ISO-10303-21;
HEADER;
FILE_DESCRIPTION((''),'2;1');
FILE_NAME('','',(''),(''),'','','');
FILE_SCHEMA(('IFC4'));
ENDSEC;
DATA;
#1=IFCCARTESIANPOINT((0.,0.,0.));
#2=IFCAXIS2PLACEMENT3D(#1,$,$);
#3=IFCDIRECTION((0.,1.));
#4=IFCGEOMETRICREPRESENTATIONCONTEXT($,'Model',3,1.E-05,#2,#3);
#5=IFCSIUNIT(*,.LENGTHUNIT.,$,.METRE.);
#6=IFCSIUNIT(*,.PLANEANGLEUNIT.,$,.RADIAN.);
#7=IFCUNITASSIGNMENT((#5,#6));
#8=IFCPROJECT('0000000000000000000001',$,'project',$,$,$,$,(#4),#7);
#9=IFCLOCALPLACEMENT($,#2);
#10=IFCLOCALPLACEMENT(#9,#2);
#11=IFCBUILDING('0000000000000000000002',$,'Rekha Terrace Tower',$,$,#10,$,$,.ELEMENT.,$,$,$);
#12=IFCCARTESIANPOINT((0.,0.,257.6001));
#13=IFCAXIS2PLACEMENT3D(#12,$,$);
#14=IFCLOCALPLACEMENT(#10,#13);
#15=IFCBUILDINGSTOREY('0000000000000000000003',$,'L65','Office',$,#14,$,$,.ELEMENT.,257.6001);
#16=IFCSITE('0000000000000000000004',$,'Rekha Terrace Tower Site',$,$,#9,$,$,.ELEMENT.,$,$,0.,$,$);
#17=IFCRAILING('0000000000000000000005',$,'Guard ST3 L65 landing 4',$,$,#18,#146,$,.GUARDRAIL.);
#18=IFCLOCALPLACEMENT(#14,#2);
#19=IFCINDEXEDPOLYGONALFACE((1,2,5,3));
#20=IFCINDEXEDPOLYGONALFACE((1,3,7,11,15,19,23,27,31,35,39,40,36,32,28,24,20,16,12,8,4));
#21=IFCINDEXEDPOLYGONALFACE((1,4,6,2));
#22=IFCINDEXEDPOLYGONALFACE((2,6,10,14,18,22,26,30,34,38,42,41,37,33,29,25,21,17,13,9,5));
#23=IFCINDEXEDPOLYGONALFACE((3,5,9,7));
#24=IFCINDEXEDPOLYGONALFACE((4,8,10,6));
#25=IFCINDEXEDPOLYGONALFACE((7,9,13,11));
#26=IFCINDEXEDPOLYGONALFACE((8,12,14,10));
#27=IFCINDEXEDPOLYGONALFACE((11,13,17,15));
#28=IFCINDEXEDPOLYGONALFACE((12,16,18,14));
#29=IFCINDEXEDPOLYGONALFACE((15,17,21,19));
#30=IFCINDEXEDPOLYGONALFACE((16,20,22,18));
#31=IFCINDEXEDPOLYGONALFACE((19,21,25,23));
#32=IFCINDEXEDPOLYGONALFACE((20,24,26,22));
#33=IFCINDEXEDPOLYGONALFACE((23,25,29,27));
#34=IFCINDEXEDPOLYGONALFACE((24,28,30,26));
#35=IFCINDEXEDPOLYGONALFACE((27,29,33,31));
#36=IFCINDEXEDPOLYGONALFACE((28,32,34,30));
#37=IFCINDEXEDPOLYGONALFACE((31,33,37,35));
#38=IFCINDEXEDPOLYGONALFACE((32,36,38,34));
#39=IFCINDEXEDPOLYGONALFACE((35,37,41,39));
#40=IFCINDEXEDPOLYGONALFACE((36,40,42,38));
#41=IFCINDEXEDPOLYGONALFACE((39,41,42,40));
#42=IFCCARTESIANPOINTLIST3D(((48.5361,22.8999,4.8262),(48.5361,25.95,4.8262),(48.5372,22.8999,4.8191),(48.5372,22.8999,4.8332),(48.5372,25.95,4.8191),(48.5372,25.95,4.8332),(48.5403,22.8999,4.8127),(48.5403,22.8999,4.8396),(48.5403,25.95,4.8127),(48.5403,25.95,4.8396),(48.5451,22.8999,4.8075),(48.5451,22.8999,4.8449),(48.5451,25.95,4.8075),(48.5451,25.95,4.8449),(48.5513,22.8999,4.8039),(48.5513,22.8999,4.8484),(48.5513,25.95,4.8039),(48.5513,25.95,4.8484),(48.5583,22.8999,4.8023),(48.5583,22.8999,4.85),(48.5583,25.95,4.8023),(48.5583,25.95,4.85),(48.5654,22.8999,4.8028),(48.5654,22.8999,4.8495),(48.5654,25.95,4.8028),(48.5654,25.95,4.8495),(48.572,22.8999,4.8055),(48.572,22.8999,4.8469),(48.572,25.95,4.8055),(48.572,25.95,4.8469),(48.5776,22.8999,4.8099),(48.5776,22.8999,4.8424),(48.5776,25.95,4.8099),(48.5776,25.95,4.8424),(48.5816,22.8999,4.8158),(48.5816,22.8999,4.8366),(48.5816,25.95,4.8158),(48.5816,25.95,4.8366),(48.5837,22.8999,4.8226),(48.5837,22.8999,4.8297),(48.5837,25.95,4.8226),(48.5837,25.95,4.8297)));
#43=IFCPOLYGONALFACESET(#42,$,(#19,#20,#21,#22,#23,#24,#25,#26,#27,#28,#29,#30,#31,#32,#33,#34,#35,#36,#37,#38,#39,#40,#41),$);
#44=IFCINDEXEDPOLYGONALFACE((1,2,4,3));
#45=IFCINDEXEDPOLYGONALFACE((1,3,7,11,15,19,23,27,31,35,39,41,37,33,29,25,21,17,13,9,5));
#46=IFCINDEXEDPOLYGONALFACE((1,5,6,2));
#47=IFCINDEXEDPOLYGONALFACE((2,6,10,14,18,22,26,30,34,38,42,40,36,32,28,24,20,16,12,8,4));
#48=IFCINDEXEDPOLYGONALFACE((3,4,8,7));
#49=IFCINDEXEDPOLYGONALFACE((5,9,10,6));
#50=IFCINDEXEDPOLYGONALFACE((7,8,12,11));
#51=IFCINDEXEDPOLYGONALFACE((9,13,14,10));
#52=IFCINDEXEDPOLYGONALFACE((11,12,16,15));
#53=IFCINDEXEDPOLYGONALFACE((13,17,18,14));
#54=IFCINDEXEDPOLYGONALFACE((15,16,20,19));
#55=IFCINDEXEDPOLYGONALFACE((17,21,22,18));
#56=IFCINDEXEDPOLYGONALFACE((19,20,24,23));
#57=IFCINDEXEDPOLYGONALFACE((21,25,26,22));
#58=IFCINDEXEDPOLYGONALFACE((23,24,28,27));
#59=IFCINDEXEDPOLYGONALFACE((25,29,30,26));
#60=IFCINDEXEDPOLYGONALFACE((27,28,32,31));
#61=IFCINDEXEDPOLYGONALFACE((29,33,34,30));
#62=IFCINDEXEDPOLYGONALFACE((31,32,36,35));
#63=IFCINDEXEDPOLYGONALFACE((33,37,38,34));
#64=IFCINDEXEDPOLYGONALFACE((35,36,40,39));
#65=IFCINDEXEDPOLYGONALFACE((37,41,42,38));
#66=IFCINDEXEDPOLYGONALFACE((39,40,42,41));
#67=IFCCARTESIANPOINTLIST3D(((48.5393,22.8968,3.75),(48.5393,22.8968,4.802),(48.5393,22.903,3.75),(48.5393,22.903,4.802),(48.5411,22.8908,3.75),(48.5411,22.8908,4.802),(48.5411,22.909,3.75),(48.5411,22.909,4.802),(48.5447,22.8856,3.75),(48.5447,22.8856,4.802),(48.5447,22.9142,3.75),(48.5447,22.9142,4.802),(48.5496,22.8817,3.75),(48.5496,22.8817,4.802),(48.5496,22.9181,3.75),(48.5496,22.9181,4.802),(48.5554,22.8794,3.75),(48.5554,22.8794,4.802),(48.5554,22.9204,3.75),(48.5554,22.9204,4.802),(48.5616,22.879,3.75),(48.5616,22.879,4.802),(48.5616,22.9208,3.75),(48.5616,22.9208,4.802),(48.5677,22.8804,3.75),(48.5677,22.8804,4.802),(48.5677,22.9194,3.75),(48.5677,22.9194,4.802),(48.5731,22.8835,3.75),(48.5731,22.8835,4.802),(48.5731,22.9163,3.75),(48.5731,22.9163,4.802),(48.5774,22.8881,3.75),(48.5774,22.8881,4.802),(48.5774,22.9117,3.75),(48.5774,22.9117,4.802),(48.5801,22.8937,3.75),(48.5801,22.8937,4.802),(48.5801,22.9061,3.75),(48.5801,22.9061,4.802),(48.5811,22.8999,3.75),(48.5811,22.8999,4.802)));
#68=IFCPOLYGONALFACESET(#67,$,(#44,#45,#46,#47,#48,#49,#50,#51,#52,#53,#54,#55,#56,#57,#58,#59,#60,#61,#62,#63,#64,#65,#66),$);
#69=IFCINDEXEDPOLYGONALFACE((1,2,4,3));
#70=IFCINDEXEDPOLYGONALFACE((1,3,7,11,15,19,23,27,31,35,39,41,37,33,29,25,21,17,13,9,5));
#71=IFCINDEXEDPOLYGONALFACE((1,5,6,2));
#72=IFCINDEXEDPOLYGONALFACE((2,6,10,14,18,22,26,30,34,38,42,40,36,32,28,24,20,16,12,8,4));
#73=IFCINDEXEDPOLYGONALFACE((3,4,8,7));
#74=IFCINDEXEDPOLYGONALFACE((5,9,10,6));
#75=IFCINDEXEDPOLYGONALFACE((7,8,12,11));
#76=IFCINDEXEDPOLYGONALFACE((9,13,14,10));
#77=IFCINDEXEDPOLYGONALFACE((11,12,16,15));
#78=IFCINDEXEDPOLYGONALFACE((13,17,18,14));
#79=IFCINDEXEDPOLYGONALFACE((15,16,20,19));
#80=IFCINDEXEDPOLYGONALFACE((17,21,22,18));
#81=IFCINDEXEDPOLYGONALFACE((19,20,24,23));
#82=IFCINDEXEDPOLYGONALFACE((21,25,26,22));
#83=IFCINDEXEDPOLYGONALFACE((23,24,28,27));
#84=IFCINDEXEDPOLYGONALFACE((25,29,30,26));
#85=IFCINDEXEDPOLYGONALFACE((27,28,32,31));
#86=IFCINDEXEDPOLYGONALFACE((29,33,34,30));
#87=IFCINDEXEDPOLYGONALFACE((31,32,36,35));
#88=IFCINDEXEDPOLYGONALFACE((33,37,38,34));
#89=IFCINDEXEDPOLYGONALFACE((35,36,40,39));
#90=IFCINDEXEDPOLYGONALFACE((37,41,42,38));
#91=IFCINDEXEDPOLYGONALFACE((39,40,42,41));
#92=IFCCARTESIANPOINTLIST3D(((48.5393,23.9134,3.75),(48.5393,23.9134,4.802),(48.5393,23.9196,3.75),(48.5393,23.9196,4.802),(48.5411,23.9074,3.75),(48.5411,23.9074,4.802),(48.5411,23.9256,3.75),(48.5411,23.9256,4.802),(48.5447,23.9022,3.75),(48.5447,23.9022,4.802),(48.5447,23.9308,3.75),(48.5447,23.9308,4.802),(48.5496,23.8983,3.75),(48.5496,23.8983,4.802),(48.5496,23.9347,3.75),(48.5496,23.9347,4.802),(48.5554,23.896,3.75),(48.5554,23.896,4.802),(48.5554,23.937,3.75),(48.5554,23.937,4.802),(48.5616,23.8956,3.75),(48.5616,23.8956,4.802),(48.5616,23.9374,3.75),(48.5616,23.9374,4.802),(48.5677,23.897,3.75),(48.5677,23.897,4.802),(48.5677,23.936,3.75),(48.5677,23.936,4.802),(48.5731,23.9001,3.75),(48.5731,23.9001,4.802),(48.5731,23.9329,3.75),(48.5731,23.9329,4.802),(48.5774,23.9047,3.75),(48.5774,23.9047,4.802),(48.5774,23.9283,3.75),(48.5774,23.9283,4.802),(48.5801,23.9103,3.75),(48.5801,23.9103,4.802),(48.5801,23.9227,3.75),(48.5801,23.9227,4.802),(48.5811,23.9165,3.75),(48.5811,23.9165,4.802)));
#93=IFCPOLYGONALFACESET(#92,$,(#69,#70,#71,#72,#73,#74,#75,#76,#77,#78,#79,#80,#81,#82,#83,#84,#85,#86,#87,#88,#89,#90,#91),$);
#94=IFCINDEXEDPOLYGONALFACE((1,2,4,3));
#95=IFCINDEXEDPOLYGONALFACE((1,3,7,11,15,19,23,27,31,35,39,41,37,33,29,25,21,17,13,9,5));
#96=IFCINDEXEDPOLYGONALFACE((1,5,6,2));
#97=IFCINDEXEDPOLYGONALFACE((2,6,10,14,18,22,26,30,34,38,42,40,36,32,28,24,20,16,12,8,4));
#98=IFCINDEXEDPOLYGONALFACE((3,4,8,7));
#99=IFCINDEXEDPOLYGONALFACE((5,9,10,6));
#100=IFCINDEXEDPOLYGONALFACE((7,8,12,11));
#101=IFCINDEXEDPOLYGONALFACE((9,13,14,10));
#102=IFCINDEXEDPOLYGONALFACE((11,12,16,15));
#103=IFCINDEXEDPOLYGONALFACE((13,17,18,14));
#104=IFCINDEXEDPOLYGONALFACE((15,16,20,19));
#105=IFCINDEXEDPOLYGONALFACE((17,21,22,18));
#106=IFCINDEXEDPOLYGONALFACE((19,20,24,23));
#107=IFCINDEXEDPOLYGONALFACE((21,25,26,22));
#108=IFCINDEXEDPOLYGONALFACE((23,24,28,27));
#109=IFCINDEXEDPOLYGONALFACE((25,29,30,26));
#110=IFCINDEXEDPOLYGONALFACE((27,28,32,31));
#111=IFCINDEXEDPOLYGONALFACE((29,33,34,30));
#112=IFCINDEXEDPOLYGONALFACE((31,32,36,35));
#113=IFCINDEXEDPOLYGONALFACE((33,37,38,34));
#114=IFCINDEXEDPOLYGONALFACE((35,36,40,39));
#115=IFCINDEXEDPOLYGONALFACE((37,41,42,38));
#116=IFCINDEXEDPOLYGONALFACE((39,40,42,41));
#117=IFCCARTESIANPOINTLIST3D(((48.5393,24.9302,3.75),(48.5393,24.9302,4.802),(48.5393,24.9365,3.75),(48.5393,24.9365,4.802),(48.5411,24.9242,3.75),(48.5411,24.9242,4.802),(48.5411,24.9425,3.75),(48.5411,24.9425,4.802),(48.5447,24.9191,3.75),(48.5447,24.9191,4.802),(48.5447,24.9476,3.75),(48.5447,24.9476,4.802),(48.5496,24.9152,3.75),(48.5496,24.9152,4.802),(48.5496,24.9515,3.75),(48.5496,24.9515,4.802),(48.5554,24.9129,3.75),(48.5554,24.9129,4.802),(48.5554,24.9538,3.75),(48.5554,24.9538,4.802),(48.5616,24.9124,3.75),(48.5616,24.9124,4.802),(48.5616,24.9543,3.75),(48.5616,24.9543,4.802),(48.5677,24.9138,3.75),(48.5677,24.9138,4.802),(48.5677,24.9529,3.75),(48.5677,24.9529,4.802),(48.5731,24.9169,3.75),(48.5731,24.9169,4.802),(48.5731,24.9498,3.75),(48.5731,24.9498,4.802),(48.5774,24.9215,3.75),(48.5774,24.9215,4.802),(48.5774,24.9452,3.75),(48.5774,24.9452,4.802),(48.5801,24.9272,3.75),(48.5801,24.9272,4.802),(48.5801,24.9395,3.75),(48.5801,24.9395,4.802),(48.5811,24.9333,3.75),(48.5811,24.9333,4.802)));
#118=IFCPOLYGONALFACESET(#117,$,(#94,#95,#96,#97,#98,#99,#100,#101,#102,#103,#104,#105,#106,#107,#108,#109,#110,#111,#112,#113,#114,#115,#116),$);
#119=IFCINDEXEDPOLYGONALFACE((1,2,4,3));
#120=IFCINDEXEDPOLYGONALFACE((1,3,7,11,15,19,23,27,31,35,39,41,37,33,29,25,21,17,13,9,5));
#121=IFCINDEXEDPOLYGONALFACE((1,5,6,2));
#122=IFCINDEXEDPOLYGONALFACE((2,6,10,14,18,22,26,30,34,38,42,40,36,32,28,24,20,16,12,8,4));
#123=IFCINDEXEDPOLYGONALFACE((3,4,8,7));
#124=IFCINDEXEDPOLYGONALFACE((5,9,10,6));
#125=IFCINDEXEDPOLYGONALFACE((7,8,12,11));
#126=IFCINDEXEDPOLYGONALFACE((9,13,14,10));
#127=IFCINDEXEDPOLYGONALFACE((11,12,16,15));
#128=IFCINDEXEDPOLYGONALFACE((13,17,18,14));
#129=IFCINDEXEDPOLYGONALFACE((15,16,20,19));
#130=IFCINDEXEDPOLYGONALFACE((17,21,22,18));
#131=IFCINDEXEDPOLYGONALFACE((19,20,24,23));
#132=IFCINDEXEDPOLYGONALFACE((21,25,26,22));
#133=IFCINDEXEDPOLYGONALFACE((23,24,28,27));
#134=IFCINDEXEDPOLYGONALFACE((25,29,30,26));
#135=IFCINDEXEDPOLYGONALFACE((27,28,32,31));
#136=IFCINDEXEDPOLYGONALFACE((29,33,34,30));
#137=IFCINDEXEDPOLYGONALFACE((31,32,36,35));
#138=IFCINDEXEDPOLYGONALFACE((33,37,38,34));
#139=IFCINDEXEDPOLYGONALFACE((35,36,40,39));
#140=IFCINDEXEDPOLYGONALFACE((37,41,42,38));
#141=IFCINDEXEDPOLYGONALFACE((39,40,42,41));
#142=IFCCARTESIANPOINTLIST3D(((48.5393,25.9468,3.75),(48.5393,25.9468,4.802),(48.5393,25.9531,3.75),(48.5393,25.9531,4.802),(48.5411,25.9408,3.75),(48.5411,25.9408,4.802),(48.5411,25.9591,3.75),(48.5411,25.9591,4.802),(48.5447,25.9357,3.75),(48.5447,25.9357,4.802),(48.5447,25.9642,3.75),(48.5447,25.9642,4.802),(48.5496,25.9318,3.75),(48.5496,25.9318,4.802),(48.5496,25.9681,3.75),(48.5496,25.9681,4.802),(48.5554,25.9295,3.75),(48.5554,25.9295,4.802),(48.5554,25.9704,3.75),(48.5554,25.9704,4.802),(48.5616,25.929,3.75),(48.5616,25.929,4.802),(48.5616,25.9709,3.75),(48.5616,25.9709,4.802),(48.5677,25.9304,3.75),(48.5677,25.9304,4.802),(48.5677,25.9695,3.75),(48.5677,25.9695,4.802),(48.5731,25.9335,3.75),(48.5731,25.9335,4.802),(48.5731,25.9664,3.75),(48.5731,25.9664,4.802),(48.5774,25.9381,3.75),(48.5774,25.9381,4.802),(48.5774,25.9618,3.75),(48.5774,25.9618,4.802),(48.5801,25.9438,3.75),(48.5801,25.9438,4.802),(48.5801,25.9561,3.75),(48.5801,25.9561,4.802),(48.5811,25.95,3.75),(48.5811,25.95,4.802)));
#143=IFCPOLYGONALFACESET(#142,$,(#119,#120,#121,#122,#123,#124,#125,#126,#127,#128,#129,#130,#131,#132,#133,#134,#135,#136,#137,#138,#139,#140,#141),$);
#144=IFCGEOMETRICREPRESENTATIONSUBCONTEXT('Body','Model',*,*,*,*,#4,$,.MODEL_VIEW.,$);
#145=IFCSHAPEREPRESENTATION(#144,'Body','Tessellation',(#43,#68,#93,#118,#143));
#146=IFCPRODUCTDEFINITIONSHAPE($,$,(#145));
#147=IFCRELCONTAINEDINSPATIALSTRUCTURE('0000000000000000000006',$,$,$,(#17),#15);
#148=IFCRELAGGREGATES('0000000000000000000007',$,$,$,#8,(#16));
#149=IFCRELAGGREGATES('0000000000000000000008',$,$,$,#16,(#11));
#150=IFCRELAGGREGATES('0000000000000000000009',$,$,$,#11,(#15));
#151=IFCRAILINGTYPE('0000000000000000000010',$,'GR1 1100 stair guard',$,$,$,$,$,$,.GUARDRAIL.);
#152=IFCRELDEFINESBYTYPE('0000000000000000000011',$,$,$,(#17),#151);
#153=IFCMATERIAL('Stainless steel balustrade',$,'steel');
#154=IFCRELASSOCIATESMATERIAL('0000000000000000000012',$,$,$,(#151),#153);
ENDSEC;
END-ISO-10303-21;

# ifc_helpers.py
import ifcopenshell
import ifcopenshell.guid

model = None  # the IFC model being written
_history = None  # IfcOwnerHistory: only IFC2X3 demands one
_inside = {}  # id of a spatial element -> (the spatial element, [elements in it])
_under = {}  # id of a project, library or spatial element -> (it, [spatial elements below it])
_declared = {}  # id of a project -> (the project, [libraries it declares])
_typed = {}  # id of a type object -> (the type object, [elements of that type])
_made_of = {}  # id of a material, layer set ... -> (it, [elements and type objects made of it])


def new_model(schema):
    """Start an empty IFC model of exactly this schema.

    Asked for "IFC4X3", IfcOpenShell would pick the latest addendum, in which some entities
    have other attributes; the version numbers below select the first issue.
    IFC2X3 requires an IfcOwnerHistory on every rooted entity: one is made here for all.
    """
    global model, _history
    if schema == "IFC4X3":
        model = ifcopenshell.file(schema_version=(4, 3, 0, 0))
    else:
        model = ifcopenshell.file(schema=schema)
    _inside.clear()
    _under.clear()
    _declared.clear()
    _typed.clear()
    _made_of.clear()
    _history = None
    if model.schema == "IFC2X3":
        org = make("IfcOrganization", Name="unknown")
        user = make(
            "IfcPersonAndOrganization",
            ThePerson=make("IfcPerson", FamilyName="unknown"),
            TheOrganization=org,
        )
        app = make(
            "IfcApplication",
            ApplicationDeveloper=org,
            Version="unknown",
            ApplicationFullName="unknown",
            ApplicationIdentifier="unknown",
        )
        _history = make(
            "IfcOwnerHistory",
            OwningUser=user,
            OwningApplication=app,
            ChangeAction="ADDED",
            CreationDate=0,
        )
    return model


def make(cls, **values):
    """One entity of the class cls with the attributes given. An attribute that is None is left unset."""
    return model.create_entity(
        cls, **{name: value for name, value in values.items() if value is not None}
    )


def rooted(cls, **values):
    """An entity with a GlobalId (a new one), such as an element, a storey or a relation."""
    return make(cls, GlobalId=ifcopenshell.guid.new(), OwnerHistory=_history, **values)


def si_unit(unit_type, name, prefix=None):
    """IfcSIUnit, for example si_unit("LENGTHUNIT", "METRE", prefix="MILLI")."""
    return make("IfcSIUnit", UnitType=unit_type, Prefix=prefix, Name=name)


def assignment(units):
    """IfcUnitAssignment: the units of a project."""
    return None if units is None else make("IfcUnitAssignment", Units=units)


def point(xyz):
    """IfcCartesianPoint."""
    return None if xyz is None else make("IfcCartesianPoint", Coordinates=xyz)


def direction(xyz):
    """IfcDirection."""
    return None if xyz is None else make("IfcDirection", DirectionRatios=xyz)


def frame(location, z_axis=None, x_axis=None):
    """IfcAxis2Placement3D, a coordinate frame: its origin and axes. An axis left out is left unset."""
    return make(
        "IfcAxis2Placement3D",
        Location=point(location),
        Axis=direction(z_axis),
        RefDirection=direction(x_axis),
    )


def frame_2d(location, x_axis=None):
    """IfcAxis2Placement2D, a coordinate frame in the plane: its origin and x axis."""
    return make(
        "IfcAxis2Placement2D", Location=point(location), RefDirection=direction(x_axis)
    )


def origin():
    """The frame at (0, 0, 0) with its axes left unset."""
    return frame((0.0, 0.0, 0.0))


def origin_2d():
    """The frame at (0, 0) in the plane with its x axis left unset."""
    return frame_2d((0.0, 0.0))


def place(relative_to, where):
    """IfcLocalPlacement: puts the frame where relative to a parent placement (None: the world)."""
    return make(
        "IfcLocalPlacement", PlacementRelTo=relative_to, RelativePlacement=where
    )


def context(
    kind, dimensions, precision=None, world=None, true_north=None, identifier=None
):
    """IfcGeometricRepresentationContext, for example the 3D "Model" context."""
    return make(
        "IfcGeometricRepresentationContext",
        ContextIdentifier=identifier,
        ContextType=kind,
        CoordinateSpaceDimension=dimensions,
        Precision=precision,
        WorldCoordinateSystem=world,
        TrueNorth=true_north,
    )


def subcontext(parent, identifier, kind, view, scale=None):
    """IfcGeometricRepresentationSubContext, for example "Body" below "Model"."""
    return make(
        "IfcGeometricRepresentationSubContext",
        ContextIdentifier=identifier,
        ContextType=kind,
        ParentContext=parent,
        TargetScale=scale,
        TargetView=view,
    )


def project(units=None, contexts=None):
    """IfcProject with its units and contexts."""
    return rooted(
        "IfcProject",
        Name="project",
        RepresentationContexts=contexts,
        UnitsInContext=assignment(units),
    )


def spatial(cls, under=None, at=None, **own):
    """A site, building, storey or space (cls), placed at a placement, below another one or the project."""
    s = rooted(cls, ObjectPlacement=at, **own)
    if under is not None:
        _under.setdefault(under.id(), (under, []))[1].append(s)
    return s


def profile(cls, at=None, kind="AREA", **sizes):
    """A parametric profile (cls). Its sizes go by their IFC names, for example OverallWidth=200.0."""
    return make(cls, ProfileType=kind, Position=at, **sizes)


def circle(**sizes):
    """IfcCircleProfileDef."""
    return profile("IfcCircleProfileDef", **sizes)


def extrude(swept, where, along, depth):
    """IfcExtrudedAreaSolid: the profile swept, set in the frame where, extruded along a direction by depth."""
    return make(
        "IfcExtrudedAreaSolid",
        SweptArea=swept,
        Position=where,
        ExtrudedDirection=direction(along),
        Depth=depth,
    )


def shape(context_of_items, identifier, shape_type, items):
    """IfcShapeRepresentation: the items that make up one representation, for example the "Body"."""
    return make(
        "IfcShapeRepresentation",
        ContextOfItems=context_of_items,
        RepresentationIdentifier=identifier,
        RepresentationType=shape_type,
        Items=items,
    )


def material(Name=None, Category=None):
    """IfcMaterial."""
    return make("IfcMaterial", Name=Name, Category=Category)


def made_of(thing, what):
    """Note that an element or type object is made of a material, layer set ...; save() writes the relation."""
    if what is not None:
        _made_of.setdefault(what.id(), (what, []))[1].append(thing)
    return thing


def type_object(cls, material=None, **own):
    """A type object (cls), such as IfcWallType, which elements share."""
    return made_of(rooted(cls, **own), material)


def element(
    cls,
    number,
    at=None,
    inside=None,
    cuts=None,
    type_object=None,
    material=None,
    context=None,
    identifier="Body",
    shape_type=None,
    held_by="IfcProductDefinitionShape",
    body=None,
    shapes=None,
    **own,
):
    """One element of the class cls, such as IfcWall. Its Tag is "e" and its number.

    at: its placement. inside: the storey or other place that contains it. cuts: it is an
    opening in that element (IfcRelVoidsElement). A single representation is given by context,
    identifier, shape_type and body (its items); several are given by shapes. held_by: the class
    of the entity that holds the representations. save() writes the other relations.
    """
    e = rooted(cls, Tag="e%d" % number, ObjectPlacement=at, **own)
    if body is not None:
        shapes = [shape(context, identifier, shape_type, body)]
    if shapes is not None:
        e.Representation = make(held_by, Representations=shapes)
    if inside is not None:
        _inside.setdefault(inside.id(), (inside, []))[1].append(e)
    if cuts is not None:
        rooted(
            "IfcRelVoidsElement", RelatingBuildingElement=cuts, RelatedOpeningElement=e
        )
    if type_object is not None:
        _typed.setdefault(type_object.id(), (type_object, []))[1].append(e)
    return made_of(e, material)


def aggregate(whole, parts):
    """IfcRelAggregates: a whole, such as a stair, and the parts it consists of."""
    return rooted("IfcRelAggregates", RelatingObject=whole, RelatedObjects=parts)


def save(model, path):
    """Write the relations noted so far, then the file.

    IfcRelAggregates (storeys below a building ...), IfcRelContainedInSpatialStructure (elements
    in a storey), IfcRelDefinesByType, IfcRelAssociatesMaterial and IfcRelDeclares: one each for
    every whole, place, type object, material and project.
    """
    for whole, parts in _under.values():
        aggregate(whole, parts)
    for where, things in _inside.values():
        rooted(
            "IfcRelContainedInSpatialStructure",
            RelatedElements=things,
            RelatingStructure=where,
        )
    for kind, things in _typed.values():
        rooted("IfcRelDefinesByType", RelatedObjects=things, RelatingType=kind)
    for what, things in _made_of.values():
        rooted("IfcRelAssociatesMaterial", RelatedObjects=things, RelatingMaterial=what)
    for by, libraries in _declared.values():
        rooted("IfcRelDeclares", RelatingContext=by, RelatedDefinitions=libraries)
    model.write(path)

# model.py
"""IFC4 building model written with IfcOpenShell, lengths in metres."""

from ifc_helpers import new_model, si_unit, direction, frame, origin, origin_2d, place, context, subcontext, project, spatial, circle, extrude, material, type_object, element, save


model = new_model("IFC4")

# Units and contexts
model_context = context("Model", 3, precision=1e-05, world=origin(), true_north=direction((0.0, 1.0)))
body_context = subcontext(model_context, "Body", "Model", "MODEL_VIEW")
ifc_project = project(units=[si_unit("LENGTHUNIT", "METRE"), si_unit("PLANEANGLEUNIT", "RADIAN")], contexts=[model_context])

# Site, building, storey
site_placement = place(None, origin())
site = spatial("IfcSite", under=ifc_project, at=site_placement, Name="Rekha Terrace Tower Site", CompositionType="ELEMENT", RefElevation=0.0)
building_placement = place(site_placement, origin())
building = spatial("IfcBuilding", under=site, at=building_placement, Name="Rekha Terrace Tower", CompositionType="ELEMENT")
storey_placement = place(building_placement, frame((0.0, 0.0, 257.6001)))
storey = spatial("IfcBuildingStorey", under=building, at=storey_placement, Name="L65", Description="Office", CompositionType="ELEMENT", Elevation=257.6001)

# Railing
ifc_material_1 = material(Name="Stainless steel balustrade", Category="steel")
railing_type_1 = type_object("IfcRailingType", Name="GR1 1100 stair guard", PredefinedType="GUARDRAIL", material=ifc_material_1)
railing_1_placement = place(storey_placement, frame((48.5601, 22.8999, 3.75)))
element("IfcRailing", 1, at=railing_1_placement, inside=storey, type_object=railing_type_1, Name="Guard ST3 L65 landing 4", PredefinedType="GUARDRAIL", context=body_context, shape_type="SweptSolid", body=[
    extrude(circle(Radius=0.0239, at=origin_2d()), frame((0.0, 0.0, 1.0762), z_axis=(0.0, 1.0, 0.0), x_axis=(-1.0, 0.0, 0.0)), (0.0, 0.0, 1.0), 3.05),
    extrude(circle(Radius=0.021, at=origin_2d()), origin(), (0.0, 0.0, 1.0), 1.052),
    extrude(circle(Radius=0.021, at=origin_2d()), frame((0.0, 1.0166, 0.0)), (0.0, 0.0, 1.0), 1.052),
    extrude(circle(Radius=0.021, at=origin_2d()), frame((0.0, 2.0334, 0.0)), (0.0, 0.0, 1.0), 1.052),
    extrude(circle(Radius=0.021, at=origin_2d()), frame((0.0, 3.05, 0.0)), (0.0, 0.0, 1.0), 1.052),
])

save(model, "model.ifc")
